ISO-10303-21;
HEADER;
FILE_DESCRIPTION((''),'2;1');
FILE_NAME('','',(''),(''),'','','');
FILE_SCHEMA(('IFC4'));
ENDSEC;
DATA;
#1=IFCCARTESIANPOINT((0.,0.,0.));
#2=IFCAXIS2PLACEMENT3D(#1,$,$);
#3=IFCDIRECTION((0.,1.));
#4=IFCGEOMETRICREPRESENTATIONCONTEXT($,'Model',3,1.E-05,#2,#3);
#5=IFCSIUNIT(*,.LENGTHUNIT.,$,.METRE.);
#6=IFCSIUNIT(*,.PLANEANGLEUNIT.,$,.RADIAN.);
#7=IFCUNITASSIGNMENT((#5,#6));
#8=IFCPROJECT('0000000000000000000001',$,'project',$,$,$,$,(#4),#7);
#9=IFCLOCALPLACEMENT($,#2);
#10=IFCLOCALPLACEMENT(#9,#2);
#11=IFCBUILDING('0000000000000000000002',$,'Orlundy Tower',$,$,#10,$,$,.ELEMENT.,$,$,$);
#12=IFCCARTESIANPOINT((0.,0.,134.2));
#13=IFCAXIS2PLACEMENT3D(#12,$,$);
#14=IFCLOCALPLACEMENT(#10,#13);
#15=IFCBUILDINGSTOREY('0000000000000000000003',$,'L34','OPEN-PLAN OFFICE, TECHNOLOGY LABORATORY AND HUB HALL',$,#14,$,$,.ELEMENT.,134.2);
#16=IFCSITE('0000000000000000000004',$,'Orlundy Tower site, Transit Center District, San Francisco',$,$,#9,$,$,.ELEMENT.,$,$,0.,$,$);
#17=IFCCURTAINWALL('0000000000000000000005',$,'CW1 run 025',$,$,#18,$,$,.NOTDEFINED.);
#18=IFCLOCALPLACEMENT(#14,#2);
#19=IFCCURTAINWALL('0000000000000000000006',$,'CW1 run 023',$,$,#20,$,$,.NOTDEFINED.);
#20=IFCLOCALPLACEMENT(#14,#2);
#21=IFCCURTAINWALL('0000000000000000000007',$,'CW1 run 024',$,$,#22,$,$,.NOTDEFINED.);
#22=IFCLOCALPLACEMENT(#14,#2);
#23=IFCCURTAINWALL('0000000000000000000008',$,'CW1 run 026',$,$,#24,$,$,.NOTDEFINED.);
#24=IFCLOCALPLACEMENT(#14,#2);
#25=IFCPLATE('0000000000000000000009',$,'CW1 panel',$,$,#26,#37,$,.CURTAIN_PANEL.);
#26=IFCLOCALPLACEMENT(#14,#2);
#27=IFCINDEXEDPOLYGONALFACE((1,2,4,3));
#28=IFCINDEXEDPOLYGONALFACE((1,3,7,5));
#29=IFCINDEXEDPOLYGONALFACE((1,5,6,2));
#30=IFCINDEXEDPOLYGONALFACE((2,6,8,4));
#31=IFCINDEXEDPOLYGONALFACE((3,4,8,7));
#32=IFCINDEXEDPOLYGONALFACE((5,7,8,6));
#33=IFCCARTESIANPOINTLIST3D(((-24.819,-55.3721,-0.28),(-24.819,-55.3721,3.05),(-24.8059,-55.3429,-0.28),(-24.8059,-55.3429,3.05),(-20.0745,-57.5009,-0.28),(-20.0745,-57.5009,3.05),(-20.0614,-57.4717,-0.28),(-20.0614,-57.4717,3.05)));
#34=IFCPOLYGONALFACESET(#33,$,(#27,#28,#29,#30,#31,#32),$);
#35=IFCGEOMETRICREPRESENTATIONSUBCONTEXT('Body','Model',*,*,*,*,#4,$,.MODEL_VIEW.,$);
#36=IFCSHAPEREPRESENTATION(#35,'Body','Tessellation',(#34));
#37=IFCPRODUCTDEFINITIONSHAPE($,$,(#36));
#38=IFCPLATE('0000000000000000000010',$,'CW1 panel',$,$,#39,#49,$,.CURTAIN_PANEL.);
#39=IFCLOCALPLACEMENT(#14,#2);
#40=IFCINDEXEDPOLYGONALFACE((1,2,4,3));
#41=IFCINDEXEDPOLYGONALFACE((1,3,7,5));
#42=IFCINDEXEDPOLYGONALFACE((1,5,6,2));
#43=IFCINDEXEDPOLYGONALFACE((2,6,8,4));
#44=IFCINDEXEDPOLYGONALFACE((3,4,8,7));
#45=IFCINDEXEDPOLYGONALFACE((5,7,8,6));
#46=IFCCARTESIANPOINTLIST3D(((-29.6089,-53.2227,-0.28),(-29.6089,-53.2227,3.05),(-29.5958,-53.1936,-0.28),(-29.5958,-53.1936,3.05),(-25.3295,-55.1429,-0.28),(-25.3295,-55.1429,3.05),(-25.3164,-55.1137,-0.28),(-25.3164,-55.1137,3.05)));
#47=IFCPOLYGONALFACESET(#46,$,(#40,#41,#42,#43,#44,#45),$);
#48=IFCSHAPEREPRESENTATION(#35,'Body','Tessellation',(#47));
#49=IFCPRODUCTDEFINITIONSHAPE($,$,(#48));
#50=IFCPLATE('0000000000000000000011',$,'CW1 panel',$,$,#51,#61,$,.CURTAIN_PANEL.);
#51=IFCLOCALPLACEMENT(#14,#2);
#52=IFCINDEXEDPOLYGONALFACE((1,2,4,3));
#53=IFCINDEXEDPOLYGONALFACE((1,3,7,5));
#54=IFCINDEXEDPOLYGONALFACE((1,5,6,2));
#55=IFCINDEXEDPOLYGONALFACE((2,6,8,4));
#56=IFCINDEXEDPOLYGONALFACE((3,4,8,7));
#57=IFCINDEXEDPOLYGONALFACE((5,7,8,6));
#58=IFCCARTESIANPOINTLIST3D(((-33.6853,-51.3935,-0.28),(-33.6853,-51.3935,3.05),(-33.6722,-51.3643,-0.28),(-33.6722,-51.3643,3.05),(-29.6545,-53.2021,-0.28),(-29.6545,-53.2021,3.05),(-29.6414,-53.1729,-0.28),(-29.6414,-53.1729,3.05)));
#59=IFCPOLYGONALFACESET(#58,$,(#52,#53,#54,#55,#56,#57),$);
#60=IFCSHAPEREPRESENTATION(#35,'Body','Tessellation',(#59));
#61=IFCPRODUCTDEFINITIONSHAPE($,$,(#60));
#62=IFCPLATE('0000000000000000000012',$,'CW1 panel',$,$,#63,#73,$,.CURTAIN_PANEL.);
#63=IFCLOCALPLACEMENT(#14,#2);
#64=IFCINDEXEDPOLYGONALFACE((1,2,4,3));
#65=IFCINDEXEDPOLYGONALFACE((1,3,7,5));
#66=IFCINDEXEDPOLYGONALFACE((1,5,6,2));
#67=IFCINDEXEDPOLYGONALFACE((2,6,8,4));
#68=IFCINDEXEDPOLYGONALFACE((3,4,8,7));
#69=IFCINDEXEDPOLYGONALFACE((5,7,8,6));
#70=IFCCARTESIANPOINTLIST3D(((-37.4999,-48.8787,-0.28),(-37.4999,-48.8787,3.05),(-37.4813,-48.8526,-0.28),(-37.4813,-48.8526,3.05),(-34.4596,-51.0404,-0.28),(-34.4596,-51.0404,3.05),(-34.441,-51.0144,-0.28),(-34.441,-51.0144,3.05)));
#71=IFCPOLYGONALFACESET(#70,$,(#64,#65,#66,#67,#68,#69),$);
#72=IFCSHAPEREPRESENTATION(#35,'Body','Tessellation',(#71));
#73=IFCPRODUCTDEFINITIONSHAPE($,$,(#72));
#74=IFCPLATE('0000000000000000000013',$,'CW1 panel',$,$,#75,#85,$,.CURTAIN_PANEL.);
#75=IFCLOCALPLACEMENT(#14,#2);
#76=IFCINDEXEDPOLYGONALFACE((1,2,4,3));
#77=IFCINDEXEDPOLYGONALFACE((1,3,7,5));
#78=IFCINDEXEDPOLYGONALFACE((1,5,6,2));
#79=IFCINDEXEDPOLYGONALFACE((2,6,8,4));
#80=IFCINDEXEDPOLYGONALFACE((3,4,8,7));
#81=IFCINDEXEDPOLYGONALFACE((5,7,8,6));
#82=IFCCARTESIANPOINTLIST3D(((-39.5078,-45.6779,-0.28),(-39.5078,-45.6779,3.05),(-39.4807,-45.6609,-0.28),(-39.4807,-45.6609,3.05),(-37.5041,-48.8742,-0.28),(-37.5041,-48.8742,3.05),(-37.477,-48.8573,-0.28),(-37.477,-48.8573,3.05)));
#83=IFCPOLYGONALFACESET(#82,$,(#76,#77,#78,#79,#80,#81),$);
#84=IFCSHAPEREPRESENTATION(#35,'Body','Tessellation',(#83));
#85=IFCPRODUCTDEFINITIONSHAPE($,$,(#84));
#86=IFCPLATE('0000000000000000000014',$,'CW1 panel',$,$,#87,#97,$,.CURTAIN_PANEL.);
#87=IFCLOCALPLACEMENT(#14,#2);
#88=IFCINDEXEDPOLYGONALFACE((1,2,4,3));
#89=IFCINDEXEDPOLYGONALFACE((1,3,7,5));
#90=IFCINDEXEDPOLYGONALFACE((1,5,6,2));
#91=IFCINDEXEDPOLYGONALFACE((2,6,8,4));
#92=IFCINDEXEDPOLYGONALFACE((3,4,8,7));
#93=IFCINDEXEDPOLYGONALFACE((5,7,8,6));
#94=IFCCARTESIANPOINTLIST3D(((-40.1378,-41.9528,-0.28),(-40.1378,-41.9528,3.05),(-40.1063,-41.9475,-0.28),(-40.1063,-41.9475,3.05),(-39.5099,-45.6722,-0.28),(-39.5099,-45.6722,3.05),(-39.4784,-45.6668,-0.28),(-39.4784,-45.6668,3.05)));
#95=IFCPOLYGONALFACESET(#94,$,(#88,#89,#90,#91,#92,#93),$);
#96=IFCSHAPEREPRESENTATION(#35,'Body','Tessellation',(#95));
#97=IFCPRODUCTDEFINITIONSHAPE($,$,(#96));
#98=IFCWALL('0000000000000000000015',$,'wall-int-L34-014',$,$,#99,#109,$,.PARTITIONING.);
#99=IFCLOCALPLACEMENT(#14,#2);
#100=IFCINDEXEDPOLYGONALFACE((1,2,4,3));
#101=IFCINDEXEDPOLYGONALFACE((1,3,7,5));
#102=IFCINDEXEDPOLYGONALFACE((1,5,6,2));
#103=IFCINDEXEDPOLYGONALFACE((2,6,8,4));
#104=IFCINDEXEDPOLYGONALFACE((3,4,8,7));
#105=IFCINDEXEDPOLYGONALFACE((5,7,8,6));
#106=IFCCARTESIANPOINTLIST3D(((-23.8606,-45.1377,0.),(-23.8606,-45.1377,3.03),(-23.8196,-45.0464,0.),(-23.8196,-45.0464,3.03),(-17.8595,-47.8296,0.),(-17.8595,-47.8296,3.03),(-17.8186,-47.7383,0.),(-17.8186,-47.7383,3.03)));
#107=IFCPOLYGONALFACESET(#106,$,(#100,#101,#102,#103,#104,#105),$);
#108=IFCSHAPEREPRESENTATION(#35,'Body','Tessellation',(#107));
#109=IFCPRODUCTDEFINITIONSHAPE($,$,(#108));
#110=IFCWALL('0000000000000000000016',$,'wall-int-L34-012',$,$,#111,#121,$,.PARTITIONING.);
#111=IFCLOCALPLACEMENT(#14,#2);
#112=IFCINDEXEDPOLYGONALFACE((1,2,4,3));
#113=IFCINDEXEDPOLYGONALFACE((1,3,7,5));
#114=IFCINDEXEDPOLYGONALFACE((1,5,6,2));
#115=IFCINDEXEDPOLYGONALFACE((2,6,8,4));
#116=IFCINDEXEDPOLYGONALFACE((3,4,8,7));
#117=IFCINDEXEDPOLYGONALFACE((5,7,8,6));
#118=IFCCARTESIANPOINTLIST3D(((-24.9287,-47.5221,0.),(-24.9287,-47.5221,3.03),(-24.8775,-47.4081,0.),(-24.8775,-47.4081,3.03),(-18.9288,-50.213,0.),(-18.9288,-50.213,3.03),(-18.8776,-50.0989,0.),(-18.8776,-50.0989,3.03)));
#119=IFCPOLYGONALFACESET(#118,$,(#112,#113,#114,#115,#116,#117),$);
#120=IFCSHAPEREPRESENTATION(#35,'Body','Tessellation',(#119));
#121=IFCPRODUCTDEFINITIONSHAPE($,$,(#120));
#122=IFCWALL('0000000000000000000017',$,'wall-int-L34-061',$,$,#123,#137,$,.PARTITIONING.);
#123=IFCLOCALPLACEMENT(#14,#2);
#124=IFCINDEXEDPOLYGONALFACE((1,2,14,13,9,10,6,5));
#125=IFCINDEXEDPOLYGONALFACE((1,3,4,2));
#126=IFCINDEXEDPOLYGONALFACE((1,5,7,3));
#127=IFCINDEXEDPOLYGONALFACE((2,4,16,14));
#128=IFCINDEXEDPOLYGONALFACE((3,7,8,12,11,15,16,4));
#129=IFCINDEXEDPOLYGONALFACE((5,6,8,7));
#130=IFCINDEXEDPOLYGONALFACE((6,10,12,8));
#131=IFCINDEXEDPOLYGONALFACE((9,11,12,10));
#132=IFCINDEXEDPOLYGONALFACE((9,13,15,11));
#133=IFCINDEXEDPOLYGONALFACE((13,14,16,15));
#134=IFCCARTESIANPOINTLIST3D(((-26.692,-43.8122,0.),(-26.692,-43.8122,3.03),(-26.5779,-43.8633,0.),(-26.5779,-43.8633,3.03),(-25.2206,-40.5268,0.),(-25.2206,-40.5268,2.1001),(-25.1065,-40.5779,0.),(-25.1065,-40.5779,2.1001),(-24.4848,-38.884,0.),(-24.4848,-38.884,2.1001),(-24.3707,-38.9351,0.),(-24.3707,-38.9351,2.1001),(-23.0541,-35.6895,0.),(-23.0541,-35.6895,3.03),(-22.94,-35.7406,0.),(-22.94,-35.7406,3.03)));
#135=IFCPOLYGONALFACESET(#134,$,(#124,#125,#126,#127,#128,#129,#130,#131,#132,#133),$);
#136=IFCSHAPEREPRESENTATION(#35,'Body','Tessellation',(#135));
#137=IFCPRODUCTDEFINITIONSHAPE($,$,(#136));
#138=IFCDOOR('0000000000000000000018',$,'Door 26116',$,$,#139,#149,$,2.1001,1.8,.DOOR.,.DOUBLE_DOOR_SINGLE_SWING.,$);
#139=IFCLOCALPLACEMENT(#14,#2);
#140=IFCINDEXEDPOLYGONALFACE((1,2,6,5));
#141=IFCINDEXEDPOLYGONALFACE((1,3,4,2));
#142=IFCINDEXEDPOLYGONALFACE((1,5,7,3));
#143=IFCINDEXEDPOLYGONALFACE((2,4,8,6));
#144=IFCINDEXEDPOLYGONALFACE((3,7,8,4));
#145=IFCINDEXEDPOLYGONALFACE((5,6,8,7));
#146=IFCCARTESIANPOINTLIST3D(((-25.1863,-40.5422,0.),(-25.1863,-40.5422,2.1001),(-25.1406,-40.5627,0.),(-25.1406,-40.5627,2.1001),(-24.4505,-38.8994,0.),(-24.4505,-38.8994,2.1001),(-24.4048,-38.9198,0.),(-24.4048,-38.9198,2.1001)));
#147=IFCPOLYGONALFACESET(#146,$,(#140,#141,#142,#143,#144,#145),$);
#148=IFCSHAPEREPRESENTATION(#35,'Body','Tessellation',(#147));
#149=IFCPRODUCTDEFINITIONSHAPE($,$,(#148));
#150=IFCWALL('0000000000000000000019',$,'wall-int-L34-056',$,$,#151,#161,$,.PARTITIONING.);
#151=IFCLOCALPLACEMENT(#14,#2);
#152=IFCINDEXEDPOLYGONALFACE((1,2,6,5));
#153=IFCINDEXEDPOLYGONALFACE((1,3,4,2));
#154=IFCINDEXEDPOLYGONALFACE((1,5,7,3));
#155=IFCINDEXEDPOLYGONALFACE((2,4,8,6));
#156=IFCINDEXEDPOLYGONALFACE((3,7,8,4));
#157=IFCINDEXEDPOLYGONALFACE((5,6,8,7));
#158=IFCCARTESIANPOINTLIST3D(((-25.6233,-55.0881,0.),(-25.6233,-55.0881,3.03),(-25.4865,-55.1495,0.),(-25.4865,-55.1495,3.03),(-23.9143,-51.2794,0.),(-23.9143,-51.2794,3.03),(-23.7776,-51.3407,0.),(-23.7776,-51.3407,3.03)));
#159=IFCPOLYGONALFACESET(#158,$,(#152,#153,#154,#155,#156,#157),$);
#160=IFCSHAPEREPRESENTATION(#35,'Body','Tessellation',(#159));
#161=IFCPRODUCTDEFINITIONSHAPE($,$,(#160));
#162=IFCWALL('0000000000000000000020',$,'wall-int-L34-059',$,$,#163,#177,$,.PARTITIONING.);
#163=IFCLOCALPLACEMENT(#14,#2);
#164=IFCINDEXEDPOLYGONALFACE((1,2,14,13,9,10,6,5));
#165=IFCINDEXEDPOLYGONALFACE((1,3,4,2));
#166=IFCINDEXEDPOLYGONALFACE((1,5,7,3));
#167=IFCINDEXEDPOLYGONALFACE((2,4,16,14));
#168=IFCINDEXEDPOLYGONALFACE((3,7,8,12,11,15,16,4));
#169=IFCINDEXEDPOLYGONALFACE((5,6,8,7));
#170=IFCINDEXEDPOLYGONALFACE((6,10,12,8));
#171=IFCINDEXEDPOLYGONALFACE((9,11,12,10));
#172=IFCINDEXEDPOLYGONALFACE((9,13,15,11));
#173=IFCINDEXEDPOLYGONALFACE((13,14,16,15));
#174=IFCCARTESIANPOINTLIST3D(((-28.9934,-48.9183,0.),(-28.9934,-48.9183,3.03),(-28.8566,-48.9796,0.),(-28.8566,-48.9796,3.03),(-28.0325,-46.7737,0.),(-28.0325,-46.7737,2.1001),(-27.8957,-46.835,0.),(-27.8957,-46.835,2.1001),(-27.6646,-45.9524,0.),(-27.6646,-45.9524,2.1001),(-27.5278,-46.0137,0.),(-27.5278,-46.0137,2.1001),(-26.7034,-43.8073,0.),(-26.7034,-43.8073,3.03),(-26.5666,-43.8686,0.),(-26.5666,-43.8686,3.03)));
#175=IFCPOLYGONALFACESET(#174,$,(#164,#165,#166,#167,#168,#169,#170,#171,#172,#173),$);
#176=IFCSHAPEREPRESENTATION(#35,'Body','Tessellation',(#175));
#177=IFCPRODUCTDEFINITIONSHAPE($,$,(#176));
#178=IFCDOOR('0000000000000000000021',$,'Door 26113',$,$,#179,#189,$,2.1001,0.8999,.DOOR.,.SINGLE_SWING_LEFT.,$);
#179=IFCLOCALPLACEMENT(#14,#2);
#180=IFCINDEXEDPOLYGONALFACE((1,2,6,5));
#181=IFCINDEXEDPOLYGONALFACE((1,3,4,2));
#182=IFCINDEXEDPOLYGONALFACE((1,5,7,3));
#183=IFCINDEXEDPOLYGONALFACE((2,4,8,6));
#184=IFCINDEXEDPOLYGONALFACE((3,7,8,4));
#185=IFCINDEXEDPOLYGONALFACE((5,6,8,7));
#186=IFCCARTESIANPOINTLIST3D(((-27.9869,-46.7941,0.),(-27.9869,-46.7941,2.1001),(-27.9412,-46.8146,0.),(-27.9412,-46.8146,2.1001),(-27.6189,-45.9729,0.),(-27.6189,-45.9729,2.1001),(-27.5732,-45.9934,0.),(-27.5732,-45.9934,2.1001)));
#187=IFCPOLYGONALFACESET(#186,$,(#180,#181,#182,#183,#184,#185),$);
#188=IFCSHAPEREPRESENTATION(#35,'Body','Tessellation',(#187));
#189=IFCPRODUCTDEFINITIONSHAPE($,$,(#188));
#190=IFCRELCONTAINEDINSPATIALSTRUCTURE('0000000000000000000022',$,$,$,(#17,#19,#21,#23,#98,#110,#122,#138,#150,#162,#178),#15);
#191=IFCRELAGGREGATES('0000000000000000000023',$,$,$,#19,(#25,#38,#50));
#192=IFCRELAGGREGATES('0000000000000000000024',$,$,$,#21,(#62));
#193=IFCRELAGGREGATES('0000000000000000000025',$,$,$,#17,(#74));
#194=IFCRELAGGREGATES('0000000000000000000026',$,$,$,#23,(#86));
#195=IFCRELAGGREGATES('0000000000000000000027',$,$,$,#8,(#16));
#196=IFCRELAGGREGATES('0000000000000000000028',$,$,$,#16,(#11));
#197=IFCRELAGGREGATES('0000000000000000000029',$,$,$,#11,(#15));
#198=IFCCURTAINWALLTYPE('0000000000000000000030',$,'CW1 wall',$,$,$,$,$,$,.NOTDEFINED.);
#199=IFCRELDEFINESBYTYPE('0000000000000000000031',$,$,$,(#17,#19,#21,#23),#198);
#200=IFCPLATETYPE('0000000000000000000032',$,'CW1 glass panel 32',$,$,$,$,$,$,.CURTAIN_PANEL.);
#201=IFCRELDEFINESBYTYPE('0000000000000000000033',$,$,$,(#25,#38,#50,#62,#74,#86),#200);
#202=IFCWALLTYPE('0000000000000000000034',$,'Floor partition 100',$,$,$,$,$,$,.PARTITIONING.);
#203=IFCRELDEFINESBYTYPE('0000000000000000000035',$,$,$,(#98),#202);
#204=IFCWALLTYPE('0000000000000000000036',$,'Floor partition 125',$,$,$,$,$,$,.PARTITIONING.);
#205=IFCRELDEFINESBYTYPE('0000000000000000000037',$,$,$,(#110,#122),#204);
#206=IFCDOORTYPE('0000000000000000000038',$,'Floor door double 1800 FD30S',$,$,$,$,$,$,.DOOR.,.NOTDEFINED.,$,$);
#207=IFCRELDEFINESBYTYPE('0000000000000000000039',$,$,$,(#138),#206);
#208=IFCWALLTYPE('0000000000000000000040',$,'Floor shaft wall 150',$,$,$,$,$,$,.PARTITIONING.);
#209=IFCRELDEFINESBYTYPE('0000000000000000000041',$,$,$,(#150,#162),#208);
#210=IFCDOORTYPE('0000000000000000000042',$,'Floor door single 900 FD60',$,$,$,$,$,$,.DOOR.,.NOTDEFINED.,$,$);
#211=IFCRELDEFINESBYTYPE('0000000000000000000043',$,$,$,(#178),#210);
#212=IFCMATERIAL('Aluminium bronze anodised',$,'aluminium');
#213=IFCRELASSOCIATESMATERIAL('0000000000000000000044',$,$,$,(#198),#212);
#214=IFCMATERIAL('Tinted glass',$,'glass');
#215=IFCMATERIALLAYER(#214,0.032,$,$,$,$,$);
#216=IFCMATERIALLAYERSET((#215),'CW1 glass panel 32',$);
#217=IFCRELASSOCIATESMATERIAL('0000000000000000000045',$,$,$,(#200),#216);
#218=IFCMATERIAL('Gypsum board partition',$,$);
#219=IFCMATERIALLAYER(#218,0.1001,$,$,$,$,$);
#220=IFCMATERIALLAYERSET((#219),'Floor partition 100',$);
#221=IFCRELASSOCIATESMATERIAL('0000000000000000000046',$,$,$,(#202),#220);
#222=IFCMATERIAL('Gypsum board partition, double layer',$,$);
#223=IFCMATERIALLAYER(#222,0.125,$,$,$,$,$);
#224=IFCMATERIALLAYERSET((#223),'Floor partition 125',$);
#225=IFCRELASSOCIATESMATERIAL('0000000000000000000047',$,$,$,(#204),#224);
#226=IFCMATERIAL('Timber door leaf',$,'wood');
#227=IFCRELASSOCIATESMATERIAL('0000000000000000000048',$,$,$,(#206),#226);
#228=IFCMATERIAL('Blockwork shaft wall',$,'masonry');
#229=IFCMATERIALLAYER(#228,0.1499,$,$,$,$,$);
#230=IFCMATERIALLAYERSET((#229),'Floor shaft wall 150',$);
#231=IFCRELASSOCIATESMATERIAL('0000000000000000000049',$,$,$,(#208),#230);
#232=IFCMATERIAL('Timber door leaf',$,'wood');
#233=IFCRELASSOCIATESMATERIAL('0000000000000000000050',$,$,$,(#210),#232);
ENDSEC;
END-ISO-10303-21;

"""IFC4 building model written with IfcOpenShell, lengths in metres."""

from ifc_helpers import new_model, si_unit, direction, frame, frame_2d, origin, origin_2d, place, context, subcontext, project, spatial, rectangle, extrude, material, layer, layer_set, type_object, element, fill, aggregate, save


model = new_model("IFC4")

# Units and contexts
model_context = context("Model", 3, precision=1e-05, world=origin(), true_north=direction((0.0, 1.0)))
body_context = subcontext(model_context, "Body", "Model", "MODEL_VIEW")
ifc_project = project(units=[si_unit("LENGTHUNIT", "METRE"), si_unit("PLANEANGLEUNIT", "RADIAN")], contexts=[model_context])

# Site, building, storey
site_placement = place(None, origin())
site = spatial("IfcSite", under=ifc_project, at=site_placement, Name="Orlundy Tower site, Transit Center District, San Francisco", CompositionType="ELEMENT", RefElevation=0.0)
building_placement = place(site_placement, origin())
building = spatial("IfcBuilding", under=site, at=building_placement, Name="Orlundy Tower", CompositionType="ELEMENT")
storey_placement = place(building_placement, frame((0.0, 0.0, 134.2)))
storey = spatial("IfcBuildingStorey", under=building, at=storey_placement, Name="L34", Description="OPEN-PLAN OFFICE, TECHNOLOGY LABORATORY AND HUB HALL", CompositionType="ELEMENT", Elevation=134.2)

# Curtain wall
ifc_material_1 = material(Name="Aluminium bronze anodised", Category="aluminium")
curtain_wall_type = type_object("IfcCurtainWallType", Name="CW1 wall", PredefinedType="NOTDEFINED", material=ifc_material_1)
curtain_wall_1_placement = place(storey_placement, origin())
curtain_wall_1 = element("IfcCurtainWall", 1, at=curtain_wall_1_placement, inside=storey, type_object=curtain_wall_type, Name="CW1 run 025", PredefinedType="NOTDEFINED")

# Curtain wall
curtain_wall_2_placement = place(storey_placement, origin())
curtain_wall_2 = element("IfcCurtainWall", 2, at=curtain_wall_2_placement, inside=storey, type_object=curtain_wall_type, Name="CW1 run 023", PredefinedType="NOTDEFINED")

# Curtain wall
curtain_wall_3_placement = place(storey_placement, origin())
curtain_wall_3 = element("IfcCurtainWall", 3, at=curtain_wall_3_placement, inside=storey, type_object=curtain_wall_type, Name="CW1 run 024", PredefinedType="NOTDEFINED")

# Curtain wall
curtain_wall_4_placement = place(storey_placement, origin())
curtain_wall_4 = element("IfcCurtainWall", 4, at=curtain_wall_4_placement, inside=storey, type_object=curtain_wall_type, Name="CW1 run 026", PredefinedType="NOTDEFINED")

# Plates
ifc_material_2 = material(Name="Tinted glass", Category="glass")
ifc_layer_1 = layer(ifc_material_2, 0.032)
ifc_layer_set_1 = layer_set([ifc_layer_1], Name="CW1 glass panel 32")
plate_type = type_object("IfcPlateType", Name="CW1 glass panel 32", PredefinedType="CURTAIN_PANEL", material=ifc_layer_set_1)
plate_1_placement = place(storey_placement, frame((-22.4402, -56.4219, -0.28), z_axis=(0.0, 0.0, 1.0), x_axis=(-0.912366, 0.409374, 0.0)))
plate_1 = element("IfcPlate", 5, at=plate_1_placement, type_object=plate_type, Name="CW1 panel", PredefinedType="CURTAIN_PANEL", context=body_context, shape_type="SweptSolid", body=[
    extrude(rectangle(XDim=5.2002, YDim=0.032, at=origin_2d()), origin(), (0.0, 0.0, 1.0), 3.3301),
])
plate_2_placement = place(storey_placement, frame((-27.4626, -54.1682, -0.28), z_axis=(0.0, 0.0, 1.0), x_axis=(-0.912366, 0.409374, 0.0)))
plate_2 = element("IfcPlate", 6, at=plate_2_placement, type_object=plate_type, Name="CW1 panel", PredefinedType="CURTAIN_PANEL", context=body_context, shape_type="SweptSolid", body=[
    extrude(rectangle(XDim=4.6904, YDim=0.032, at=origin_2d()), origin(), (0.0, 0.0, 1.0), 3.3301),
])
plate_3_placement = place(storey_placement, frame((-31.6633, -52.2832, -0.28), z_axis=(0.0, 0.0, 1.0), x_axis=(-0.912366, 0.409374, 0.0)))
plate_3 = element("IfcPlate", 7, at=plate_3_placement, type_object=plate_type, Name="CW1 panel", PredefinedType="CURTAIN_PANEL", context=body_context, shape_type="SweptSolid", body=[
    extrude(rectangle(XDim=4.418, YDim=0.032, at=origin_2d()), origin(), (0.0, 0.0, 1.0), 3.3301),
])
aggregate(curtain_wall_2, [plate_1, plate_2, plate_3])
plate_4_placement = place(storey_placement, frame((-35.9705, -49.9465, -0.28), z_axis=(0.0, 0.0, 1.0), x_axis=(-0.814989, 0.579476, 0.0)))
plate_4 = element("IfcPlate", 8, at=plate_4_placement, type_object=plate_type, Name="CW1 panel", PredefinedType="CURTAIN_PANEL", context=body_context, shape_type="SweptSolid", body=[
    extrude(rectangle(XDim=3.7305, YDim=0.032, at=origin_2d()), origin(), (0.0, 0.0, 1.0), 3.3301),
])
aggregate(curtain_wall_3, [plate_4])
plate_5_placement = place(storey_placement, frame((-38.4924, -47.2676, -0.28), z_axis=(0.0, 0.0, 1.0), x_axis=(-0.531138, 0.847285, 0.0)))
plate_5 = element("IfcPlate", 9, at=plate_5_placement, type_object=plate_type, Name="CW1 panel", PredefinedType="CURTAIN_PANEL", context=body_context, shape_type="SweptSolid", body=[
    extrude(rectangle(XDim=3.7725, YDim=0.032, at=origin_2d()), origin(), (0.0, 0.0, 1.0), 3.3301),
])
aggregate(curtain_wall_1, [plate_5])
plate_6_placement = place(storey_placement, frame((-39.8081, -43.8098, -0.28), z_axis=(0.0, 0.0, 1.0), x_axis=(-0.166455, 0.986049, 0.0)))
plate_6 = element("IfcPlate", 10, at=plate_6_placement, type_object=plate_type, Name="CW1 panel", PredefinedType="CURTAIN_PANEL", context=body_context, shape_type="SweptSolid", body=[
    extrude(rectangle(XDim=3.772, YDim=0.032, at=origin_2d()), origin(), (0.0, 0.0, 1.0), 3.3301),
])
aggregate(curtain_wall_4, [plate_6])

# Walls
ifc_material_3 = material(Name="Gypsum board partition")
ifc_layer_2 = layer(ifc_material_3, 0.1001)
ifc_layer_set_2 = layer_set([ifc_layer_2], Name="Floor partition 100")
wall_type_1 = type_object("IfcWallType", Name="Floor partition 100", PredefinedType="PARTITIONING", material=ifc_layer_set_2)
wall_1_placement = place(storey_placement, frame((-23.8401, -45.092, 0.0), z_axis=(0.0, 0.0, 1.0), x_axis=(0.912407, -0.409284, 0.0)))
element("IfcWall", 11, at=wall_1_placement, inside=storey, type_object=wall_type_1, Name="wall-int-L34-014", PredefinedType="PARTITIONING", context=body_context, shape_type="SweptSolid", body=[
    extrude(rectangle(XDim=6.5771, YDim=0.1001, at=frame_2d((3.2886, 0.0))), origin(), (0.0, 0.0, 1.0), 3.03),
])
ifc_material_4 = material(Name="Gypsum board partition, double layer")
ifc_layer_3 = layer(ifc_material_4, 0.125)
ifc_layer_set_3 = layer_set([ifc_layer_3], Name="Floor partition 125")
wall_type_2 = type_object("IfcWallType", Name="Floor partition 125", PredefinedType="PARTITIONING", material=ifc_layer_set_3)
wall_2_placement = place(storey_placement, frame((-24.9031, -47.4651, 0.0), z_axis=(0.0, 0.0, 1.0), x_axis=(0.912438, -0.409216, 0.0)))
element("IfcWall", 12, at=wall_2_placement, inside=storey, type_object=wall_type_2, Name="wall-int-L34-012", PredefinedType="PARTITIONING", context=body_context, shape_type="SweptSolid", body=[
    extrude(rectangle(XDim=6.5757, YDim=0.125, at=frame_2d((3.2878, 0.0))), origin(), (0.0, 0.0, 1.0), 3.03),
])

# Wall, opening, door
wall_3_placement = place(storey_placement, frame((-26.635, -43.8379, 0.0), z_axis=(0.0, 0.0, 1.0), x_axis=(0.408746, 0.912648, 0.0)))
wall_3 = element("IfcWall", 13, at=wall_3_placement, inside=storey, type_object=wall_type_2, Name="wall-int-L34-061", PredefinedType="PARTITIONING", context=body_context, shape_type="SweptSolid", body=[
    extrude(rectangle(XDim=8.9001, YDim=0.125, at=frame_2d((4.4502, 0.0))), origin(), (0.0, 0.0, 1.0), 3.03),
])
opening_1_placement = place(wall_3_placement, frame((3.6001, 0.0, 0.0)))
opening_1 = element("IfcOpeningElement", 14, at=opening_1_placement, cuts=wall_3, PredefinedType="OPENING", context=body_context, shape_type="SweptSolid", body=[
    extrude(rectangle(XDim=1.8, YDim=2.1001, at=frame_2d((0.8999, 1.05))), frame((0.0, 0.0725, 0.0), z_axis=(0.0, -1.0, 0.0), x_axis=(1.0, 0.0, 0.0)), (0.0, 0.0, 1.0), 0.145),
])
ifc_material_5 = material(Name="Timber door leaf", Category="wood")
door_type_1 = type_object("IfcDoorType", Name="Floor door double 1800 FD30S", OperationType="NOTDEFINED", PredefinedType="DOOR", material=ifc_material_5)
door_1_placement = place(opening_1_placement, origin())
door_1 = element("IfcDoor", 15, at=door_1_placement, inside=storey, type_object=door_type_1, Name="Door 26116", OperationType="DOUBLE_DOOR_SINGLE_SWING", OverallHeight=2.1001, OverallWidth=1.8, PredefinedType="DOOR", context=body_context, shape_type="SweptSolid", body=[
    extrude(rectangle(XDim=1.8, YDim=2.1001, at=frame_2d((0.8999, 1.05))), frame((0.0, 0.0249, 0.0), z_axis=(0.0, -1.0, 0.0), x_axis=(1.0, 0.0, 0.0)), (0.0, 0.0, 1.0), 0.05),
])
fill(opening_1, door_1)

# Wall
ifc_material_6 = material(Name="Blockwork shaft wall", Category="masonry")
ifc_layer_4 = layer(ifc_material_6, 0.1499)
ifc_layer_set_4 = layer_set([ifc_layer_4], Name="Floor shaft wall 150")
wall_type_3 = type_object("IfcWallType", Name="Floor shaft wall 150", PredefinedType="PARTITIONING", material=ifc_layer_set_4)
wall_4_placement = place(storey_placement, frame((-25.5549, -55.1189, 0.0), z_axis=(0.0, 0.0, 1.0), x_axis=(0.40937, 0.912369, 0.0)))
element("IfcWall", 16, at=wall_4_placement, inside=storey, type_object=wall_type_3, Name="wall-int-L34-056", PredefinedType="PARTITIONING", context=body_context, shape_type="SweptSolid", body=[
    extrude(rectangle(XDim=4.1746, YDim=0.1499, at=frame_2d((2.0874, 0.0))), origin(), (0.0, 0.0, 1.0), 3.03),
])

# Wall, opening, door
wall_5_placement = place(storey_placement, frame((-28.925, -48.949, 0.0), z_axis=(0.0, 0.0, 1.0), x_axis=(0.408887, 0.912585, 0.0)))
wall_5 = element("IfcWall", 17, at=wall_5_placement, inside=storey, type_object=wall_type_3, Name="wall-int-L34-059", PredefinedType="PARTITIONING", context=body_context, shape_type="SweptSolid", body=[
    extrude(rectangle(XDim=5.6006, YDim=0.1499, at=frame_2d((2.8003, 0.0))), origin(), (0.0, 0.0, 1.0), 3.03),
])
opening_2_placement = place(wall_5_placement, frame((2.3501, 0.0, 0.0)))
opening_2 = element("IfcOpeningElement", 18, at=opening_2_placement, cuts=wall_5, PredefinedType="OPENING", context=body_context, shape_type="SweptSolid", body=[
    extrude(rectangle(XDim=0.8999, YDim=2.1001, at=frame_2d((0.45, 1.05))), frame((0.0, 0.085, 0.0), z_axis=(0.0, -1.0, 0.0), x_axis=(1.0, 0.0, 0.0)), (0.0, 0.0, 1.0), 0.1699),
])
ifc_material_7 = material(Name="Timber door leaf", Category="wood")
door_type_2 = type_object("IfcDoorType", Name="Floor door single 900 FD60", OperationType="NOTDEFINED", PredefinedType="DOOR", material=ifc_material_7)
door_2_placement = place(opening_2_placement, origin())
door_2 = element("IfcDoor", 19, at=door_2_placement, inside=storey, type_object=door_type_2, Name="Door 26113", OperationType="SINGLE_SWING_LEFT", OverallHeight=2.1001, OverallWidth=0.8999, PredefinedType="DOOR", context=body_context, shape_type="SweptSolid", body=[
    extrude(rectangle(XDim=0.8999, YDim=2.1001, at=frame_2d((0.45, 1.05))), frame((0.0, 0.0249, 0.0), z_axis=(0.0, -1.0, 0.0), x_axis=(1.0, 0.0, 0.0)), (0.0, 0.0, 1.0), 0.05),
])
fill(opening_2, door_2)

save(model, "model.ifc")
